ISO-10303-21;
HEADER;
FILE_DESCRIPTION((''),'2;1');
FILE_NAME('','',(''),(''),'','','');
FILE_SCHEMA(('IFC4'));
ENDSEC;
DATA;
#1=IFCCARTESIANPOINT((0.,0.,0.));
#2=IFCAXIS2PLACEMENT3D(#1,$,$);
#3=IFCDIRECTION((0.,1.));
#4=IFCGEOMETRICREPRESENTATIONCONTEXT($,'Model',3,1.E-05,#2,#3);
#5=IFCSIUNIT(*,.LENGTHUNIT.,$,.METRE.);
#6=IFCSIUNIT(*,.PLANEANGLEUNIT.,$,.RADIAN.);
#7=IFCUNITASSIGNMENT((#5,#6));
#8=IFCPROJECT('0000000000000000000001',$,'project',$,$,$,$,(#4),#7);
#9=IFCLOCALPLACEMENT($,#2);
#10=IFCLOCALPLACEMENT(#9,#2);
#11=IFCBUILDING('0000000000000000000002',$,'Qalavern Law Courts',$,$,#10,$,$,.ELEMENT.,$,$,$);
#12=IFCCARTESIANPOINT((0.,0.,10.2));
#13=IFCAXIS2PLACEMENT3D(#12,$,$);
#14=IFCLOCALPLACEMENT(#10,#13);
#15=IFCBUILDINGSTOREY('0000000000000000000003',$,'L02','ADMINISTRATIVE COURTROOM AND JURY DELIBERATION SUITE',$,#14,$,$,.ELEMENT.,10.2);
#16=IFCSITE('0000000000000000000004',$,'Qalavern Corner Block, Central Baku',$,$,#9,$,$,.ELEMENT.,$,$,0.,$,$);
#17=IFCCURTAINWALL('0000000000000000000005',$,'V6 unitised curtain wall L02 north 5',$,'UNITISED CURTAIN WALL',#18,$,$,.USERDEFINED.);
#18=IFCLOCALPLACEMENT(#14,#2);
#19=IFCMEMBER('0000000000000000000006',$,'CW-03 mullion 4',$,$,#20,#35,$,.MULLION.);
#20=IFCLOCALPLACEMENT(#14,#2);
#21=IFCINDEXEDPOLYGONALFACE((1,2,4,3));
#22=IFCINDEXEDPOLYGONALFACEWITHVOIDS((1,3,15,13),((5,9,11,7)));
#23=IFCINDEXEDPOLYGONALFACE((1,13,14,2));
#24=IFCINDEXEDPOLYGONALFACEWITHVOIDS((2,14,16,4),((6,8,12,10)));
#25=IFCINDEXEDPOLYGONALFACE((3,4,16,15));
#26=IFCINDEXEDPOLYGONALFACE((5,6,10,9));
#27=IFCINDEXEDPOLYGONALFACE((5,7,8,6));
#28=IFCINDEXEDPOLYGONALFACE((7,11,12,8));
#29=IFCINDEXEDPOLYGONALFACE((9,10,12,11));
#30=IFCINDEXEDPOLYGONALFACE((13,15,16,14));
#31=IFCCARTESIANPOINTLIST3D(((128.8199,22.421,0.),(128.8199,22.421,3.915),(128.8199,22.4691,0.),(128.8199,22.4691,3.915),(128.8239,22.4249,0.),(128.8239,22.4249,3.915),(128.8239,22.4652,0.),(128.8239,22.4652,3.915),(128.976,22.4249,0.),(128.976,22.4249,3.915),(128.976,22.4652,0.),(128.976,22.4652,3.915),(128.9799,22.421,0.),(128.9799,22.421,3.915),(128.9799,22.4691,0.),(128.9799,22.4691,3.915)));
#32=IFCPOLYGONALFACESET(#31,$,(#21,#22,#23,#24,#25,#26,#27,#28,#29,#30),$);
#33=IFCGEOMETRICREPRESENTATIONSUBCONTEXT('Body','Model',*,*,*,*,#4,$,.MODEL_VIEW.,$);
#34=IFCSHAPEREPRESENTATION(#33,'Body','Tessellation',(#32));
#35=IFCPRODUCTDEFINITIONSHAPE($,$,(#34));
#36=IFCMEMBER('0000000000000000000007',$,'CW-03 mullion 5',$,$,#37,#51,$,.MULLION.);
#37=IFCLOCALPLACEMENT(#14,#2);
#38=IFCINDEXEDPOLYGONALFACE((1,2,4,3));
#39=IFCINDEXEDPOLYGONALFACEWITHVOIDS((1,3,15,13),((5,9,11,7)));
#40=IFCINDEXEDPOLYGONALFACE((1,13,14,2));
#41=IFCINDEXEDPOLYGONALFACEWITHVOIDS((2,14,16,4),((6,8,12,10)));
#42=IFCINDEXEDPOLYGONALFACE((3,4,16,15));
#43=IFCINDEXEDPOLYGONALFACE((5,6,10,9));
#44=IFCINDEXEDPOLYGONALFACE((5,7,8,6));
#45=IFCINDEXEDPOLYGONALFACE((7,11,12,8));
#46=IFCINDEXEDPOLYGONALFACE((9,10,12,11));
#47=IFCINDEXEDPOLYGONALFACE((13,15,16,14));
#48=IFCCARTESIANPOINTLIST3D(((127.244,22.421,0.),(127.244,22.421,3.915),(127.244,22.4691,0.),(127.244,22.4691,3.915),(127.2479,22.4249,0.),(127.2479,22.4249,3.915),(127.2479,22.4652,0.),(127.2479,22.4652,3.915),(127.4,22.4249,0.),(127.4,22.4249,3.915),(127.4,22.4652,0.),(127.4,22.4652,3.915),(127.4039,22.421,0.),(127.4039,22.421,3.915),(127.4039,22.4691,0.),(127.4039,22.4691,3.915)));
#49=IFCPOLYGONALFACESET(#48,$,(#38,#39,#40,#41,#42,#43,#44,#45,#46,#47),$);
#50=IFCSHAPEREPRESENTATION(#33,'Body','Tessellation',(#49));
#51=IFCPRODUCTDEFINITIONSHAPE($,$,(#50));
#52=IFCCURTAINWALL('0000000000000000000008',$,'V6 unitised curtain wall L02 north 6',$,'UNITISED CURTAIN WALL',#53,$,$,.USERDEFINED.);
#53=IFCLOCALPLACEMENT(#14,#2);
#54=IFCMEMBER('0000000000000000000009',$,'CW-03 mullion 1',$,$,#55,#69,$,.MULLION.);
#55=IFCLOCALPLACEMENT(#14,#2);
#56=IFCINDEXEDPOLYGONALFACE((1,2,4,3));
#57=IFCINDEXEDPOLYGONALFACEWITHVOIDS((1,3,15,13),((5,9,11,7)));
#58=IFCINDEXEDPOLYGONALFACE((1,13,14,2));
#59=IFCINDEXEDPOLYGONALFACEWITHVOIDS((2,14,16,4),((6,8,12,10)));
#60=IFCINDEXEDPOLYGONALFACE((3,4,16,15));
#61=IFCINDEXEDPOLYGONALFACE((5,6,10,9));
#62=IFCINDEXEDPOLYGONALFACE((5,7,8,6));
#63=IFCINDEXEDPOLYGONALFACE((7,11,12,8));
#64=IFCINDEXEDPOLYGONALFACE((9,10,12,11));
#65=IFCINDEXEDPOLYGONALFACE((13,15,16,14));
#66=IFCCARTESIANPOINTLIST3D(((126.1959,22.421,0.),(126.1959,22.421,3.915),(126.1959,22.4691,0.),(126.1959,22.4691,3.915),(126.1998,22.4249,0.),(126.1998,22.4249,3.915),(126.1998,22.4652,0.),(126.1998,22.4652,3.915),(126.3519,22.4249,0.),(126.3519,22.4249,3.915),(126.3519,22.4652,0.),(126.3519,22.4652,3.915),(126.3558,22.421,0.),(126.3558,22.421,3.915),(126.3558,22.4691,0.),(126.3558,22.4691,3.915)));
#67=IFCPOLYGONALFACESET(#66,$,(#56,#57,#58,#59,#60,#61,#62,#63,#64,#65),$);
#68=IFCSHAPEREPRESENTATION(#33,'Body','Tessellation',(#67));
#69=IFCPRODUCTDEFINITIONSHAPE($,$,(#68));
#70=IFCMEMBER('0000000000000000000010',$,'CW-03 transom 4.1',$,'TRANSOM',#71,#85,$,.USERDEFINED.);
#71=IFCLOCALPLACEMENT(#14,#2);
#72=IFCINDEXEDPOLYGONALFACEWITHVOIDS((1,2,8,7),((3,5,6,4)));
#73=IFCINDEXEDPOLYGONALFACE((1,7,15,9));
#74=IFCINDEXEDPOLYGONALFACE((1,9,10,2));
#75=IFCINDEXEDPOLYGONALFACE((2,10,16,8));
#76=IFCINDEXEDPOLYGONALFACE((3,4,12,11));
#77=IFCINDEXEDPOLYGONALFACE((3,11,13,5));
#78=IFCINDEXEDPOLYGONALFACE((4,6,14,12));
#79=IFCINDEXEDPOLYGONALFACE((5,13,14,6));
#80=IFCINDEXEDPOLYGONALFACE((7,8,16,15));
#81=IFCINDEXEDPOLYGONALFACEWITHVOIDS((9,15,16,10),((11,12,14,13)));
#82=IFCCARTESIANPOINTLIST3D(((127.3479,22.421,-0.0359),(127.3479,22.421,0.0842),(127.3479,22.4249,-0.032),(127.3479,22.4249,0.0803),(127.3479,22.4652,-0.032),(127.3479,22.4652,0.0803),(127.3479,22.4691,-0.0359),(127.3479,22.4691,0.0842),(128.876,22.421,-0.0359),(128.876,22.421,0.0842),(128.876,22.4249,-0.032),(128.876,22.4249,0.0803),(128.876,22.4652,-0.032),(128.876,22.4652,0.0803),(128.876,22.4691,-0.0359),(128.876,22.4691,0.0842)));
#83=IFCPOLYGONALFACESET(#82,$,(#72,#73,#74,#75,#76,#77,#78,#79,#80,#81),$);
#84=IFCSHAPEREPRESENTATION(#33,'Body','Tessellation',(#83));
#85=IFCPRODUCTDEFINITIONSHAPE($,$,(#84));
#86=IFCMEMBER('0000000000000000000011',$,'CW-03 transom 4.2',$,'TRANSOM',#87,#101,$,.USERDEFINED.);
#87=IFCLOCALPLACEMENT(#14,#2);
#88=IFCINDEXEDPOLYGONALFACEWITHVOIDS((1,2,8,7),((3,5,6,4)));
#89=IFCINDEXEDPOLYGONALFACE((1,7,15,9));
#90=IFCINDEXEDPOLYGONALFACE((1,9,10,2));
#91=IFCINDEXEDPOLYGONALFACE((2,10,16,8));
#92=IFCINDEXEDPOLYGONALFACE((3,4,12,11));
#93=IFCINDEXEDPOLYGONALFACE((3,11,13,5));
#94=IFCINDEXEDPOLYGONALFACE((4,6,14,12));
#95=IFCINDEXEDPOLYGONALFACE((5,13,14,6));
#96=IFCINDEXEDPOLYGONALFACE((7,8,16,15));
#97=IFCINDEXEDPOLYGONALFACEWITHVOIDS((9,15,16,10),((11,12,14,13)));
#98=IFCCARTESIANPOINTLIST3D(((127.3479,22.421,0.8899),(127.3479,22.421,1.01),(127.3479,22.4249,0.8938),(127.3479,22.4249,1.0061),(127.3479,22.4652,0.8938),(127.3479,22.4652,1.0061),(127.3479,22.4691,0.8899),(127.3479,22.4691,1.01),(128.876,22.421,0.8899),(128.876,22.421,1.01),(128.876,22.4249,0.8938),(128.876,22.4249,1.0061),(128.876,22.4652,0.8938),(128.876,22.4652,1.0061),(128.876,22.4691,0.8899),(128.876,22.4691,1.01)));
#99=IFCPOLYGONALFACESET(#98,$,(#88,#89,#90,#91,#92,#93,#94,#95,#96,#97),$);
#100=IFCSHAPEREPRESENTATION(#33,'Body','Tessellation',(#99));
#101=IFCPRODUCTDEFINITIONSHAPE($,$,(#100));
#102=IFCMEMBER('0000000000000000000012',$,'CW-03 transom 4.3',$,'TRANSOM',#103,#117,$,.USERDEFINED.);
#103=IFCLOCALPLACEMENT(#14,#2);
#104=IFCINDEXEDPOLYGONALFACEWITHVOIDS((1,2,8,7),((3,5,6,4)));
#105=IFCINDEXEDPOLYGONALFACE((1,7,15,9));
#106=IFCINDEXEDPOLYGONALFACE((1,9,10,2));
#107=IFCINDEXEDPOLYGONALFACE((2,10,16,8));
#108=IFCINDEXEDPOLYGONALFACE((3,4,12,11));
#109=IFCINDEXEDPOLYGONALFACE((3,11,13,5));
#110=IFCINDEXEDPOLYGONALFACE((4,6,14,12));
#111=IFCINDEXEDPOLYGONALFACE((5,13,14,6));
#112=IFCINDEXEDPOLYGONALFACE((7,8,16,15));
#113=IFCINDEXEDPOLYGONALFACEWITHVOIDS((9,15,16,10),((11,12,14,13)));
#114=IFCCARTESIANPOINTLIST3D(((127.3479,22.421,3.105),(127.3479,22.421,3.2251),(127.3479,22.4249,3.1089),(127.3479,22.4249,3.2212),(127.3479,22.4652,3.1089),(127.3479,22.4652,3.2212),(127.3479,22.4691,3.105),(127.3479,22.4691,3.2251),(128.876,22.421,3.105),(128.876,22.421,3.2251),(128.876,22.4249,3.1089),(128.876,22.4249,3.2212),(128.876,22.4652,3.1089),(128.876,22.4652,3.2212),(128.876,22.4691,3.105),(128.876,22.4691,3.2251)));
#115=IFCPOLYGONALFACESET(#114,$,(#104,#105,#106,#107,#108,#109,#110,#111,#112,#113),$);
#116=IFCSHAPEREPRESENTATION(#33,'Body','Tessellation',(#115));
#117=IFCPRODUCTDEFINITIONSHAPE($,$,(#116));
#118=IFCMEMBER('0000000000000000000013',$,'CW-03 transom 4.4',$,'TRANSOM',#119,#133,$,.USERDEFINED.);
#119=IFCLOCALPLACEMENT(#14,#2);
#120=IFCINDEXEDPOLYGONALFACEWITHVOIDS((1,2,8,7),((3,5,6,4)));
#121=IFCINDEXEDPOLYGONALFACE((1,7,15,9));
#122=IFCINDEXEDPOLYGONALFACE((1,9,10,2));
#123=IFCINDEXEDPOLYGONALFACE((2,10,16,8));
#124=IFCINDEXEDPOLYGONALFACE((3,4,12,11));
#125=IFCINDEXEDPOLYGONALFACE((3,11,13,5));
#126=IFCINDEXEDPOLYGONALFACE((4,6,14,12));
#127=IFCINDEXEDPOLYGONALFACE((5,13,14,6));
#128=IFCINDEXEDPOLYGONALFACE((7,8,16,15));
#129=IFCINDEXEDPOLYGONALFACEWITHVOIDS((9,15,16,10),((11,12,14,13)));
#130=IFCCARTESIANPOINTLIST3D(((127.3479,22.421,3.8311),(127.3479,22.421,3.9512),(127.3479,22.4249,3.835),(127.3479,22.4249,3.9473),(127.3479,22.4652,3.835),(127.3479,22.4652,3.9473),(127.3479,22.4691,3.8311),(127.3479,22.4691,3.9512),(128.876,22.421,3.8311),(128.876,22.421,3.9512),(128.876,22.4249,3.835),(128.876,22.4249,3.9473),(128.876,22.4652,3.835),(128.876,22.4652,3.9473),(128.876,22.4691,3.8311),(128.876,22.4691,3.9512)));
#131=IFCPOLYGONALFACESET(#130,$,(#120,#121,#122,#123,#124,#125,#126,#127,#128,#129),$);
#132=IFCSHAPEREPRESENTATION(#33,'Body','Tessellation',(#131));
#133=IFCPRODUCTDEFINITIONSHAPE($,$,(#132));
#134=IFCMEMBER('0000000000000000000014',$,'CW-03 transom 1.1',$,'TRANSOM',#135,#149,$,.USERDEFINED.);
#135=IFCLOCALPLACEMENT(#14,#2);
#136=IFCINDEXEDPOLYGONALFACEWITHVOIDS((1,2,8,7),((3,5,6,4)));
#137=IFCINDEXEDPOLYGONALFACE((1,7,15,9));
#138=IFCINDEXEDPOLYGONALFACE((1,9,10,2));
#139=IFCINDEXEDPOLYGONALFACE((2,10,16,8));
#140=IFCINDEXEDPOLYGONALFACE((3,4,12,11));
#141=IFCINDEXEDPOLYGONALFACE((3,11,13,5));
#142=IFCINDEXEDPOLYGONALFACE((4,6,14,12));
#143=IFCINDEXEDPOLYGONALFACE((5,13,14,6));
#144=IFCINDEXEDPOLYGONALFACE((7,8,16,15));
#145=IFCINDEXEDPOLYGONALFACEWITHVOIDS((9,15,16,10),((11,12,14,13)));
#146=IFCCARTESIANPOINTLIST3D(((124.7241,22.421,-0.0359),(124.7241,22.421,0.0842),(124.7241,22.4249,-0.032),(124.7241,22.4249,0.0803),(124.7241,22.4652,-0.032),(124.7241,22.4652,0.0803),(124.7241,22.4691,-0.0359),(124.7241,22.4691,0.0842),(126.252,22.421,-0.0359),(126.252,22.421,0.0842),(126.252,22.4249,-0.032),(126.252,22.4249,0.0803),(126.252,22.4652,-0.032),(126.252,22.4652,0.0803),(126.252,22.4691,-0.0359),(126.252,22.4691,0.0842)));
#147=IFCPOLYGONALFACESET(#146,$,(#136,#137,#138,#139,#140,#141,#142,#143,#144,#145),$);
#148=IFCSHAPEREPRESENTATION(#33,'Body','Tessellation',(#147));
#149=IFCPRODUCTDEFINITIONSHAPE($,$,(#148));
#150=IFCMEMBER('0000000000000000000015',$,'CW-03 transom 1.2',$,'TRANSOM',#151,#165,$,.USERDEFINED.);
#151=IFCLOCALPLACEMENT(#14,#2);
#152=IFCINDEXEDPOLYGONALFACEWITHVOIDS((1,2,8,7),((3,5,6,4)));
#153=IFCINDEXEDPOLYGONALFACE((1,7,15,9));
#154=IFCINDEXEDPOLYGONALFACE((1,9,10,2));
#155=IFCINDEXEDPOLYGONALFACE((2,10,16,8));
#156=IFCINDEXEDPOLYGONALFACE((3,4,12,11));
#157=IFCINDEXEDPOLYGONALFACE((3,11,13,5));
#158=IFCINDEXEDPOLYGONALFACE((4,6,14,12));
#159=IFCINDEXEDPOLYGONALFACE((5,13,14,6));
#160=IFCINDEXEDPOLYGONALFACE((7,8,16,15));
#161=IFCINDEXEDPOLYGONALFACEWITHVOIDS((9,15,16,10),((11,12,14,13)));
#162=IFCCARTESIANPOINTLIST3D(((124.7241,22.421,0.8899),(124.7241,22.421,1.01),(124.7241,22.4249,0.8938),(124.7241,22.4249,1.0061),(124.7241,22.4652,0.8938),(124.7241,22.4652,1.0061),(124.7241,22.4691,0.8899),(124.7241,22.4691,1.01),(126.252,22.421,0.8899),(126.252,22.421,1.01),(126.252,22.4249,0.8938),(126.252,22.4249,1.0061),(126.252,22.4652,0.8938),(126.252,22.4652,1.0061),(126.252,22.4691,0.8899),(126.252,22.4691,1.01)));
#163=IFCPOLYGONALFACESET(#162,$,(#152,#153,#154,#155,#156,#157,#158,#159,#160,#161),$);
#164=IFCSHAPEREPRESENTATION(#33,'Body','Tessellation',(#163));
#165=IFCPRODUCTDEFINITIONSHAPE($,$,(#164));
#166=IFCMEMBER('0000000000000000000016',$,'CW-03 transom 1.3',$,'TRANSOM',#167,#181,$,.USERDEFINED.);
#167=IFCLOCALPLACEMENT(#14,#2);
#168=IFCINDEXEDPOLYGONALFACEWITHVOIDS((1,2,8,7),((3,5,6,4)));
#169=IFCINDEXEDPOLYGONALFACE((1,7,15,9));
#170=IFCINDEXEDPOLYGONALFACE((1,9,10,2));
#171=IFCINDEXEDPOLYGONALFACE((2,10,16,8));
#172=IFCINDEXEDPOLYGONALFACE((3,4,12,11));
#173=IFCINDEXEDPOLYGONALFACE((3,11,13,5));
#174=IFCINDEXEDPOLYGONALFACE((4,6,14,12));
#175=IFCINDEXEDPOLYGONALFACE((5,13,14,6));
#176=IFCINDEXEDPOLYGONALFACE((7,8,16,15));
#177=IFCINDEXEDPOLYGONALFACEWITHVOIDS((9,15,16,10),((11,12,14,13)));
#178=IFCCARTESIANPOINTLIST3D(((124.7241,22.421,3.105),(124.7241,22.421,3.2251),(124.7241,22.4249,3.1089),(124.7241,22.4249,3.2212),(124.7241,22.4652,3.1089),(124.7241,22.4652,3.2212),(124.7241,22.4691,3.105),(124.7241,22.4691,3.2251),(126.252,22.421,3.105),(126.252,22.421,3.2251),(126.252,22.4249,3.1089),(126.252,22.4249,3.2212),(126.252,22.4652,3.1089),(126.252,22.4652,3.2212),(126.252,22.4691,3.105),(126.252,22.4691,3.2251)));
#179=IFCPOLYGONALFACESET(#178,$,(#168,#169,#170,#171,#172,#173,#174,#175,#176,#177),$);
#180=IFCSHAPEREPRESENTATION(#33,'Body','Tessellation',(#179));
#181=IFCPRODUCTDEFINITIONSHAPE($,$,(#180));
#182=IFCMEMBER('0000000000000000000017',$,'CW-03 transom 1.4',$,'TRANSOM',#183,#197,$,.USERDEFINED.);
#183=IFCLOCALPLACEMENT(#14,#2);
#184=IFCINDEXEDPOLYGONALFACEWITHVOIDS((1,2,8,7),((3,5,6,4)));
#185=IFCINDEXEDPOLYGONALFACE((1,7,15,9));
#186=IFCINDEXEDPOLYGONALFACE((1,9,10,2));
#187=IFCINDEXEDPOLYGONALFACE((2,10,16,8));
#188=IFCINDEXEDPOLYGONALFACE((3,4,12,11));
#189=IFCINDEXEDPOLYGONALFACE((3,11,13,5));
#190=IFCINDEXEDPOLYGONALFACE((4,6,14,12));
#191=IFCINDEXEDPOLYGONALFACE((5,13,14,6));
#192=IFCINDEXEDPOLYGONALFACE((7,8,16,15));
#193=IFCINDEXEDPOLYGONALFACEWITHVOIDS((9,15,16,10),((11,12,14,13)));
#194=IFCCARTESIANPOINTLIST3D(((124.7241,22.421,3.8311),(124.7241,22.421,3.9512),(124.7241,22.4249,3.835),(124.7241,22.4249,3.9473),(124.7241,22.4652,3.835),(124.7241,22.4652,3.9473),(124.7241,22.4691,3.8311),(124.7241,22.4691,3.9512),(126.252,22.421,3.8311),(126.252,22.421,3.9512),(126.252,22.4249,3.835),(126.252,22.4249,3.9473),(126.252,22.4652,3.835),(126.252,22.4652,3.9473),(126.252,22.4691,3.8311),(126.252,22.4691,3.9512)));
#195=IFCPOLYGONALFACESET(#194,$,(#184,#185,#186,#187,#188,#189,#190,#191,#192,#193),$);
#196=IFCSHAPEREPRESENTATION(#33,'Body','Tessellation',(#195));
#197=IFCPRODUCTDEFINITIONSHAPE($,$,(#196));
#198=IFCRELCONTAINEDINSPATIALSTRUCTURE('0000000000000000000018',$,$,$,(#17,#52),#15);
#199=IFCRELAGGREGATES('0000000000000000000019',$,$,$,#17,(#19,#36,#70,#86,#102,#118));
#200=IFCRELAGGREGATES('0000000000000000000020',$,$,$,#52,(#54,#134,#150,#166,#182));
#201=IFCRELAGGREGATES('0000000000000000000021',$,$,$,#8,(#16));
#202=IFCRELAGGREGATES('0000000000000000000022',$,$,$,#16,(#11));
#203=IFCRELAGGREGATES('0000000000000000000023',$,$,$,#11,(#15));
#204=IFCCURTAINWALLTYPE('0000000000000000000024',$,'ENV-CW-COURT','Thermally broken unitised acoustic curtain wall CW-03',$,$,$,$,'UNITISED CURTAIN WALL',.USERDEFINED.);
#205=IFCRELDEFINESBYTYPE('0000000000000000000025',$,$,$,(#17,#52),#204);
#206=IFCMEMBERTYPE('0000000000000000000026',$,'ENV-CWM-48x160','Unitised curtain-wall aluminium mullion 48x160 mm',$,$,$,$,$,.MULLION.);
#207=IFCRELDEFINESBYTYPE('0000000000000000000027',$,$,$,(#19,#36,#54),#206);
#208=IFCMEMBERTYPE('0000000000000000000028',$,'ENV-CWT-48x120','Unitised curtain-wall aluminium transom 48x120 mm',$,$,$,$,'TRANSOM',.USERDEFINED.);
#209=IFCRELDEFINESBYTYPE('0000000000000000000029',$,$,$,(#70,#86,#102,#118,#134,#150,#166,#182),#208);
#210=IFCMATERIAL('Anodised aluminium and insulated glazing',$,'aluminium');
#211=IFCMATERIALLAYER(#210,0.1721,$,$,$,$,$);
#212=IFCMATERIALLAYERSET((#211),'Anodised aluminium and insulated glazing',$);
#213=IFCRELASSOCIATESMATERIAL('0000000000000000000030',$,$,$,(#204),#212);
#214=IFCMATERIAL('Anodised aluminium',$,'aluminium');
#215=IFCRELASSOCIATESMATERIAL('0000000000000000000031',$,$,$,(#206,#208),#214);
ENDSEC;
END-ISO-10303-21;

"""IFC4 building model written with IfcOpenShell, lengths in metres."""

from ifc_helpers import new_model, si_unit, direction, frame, origin, origin_2d, place, context, subcontext, project, spatial, hollow_rectangle, extrude, material, layer, layer_set, material_profile, profile_set, type_object, element, aggregate, save


model = new_model("IFC4")

# Units and contexts
model_context = context("Model", 3, precision=1e-05, world=origin(), true_north=direction((0.0, 1.0)))
body_context = subcontext(model_context, "Body", "Model", "MODEL_VIEW")
ifc_project = project(units=[si_unit("LENGTHUNIT", "METRE"), si_unit("PLANEANGLEUNIT", "RADIAN")], contexts=[model_context])

# Site, building, storey
site_placement = place(None, origin())
site = spatial("IfcSite", under=ifc_project, at=site_placement, Name="Qalavern Corner Block, Central Baku", CompositionType="ELEMENT", RefElevation=0.0)
building_placement = place(site_placement, origin())
building = spatial("IfcBuilding", under=site, at=building_placement, Name="Qalavern Law Courts", CompositionType="ELEMENT")
storey_placement = place(building_placement, frame((0.0, 0.0, 10.2)))
storey = spatial("IfcBuildingStorey", under=building, at=storey_placement, Name="L02", Description="ADMINISTRATIVE COURTROOM AND JURY DELIBERATION SUITE", CompositionType="ELEMENT", Elevation=10.2)

# Curtain wall, members
ifc_material_1 = material(Name="Anodised aluminium and insulated glazing", Category="aluminium")
ifc_layer_1 = layer(ifc_material_1, 0.1721)
ifc_layer_set_1 = layer_set([ifc_layer_1], Name="Anodised aluminium and insulated glazing")
curtain_wall_type = type_object("IfcCurtainWallType", Name="ENV-CW-COURT", Description="Thermally broken unitised acoustic curtain wall CW-03", ElementType="UNITISED CURTAIN WALL", PredefinedType="USERDEFINED", material=ifc_layer_set_1)
curtain_wall_1_placement = place(storey_placement, origin())
curtain_wall_1 = element("IfcCurtainWall", 1, at=curtain_wall_1_placement, inside=storey, type_object=curtain_wall_type, Name="V6 unitised curtain wall L02 north 5", ObjectType="UNITISED CURTAIN WALL", PredefinedType="USERDEFINED")
ifc_material_2 = material(Name="Anodised aluminium", Category="aluminium")
ifc_material_profile_1 = material_profile(ifc_material_2, hollow_rectangle(XDim=0.0481, YDim=0.1599, WallThickness=0.0039, at=origin_2d()), Name="ALU MULLION 48x160")
ifc_profile_set_1 = profile_set([ifc_material_profile_1], Name="Anodised aluminium")
member_type_1 = type_object("IfcMemberType", Name="ENV-CWM-48x160", Description="Unitised curtain-wall aluminium mullion 48x160 mm", PredefinedType="MULLION", material=ifc_profile_set_1)
member_1_placement = place(storey_placement, frame((128.8999, 22.4451, 0.0), z_axis=(0.0, 0.0, 1.0), x_axis=(0.0, -1.0, 0.0)))
member_1 = element("IfcMember", 2, at=member_1_placement, type_object=member_type_1, Name="CW-03 mullion 4", PredefinedType="MULLION", context=body_context, shape_type="SweptSolid", body=[
    extrude(hollow_rectangle(XDim=0.0481, YDim=0.1599, WallThickness=0.0039, at=origin_2d()), origin(), (0.0, 0.0, 1.0), 3.915),
])
member_2_placement = place(storey_placement, frame((127.324, 22.4451, 0.0), z_axis=(0.0, 0.0, 1.0), x_axis=(0.0, -1.0, 0.0)))
member_2 = element("IfcMember", 3, at=member_2_placement, type_object=member_type_1, Name="CW-03 mullion 5", PredefinedType="MULLION", context=body_context, shape_type="SweptSolid", body=[
    extrude(hollow_rectangle(XDim=0.0481, YDim=0.1599, WallThickness=0.0039, at=origin_2d()), origin(), (0.0, 0.0, 1.0), 3.915),
])

# Curtain wall, member
curtain_wall_2_placement = place(storey_placement, origin())
curtain_wall_2 = element("IfcCurtainWall", 4, at=curtain_wall_2_placement, inside=storey, type_object=curtain_wall_type, Name="V6 unitised curtain wall L02 north 6", ObjectType="UNITISED CURTAIN WALL", PredefinedType="USERDEFINED")
member_3_placement = place(storey_placement, frame((126.2759, 22.4451, 0.0), z_axis=(0.0, 0.0, 1.0), x_axis=(0.0, -1.0, 0.0)))
member_3 = element("IfcMember", 5, at=member_3_placement, type_object=member_type_1, Name="CW-03 mullion 1", PredefinedType="MULLION", context=body_context, shape_type="SweptSolid", body=[
    extrude(hollow_rectangle(XDim=0.0481, YDim=0.1599, WallThickness=0.0039, at=origin_2d()), origin(), (0.0, 0.0, 1.0), 3.915),
])

# Members
ifc_material_profile_2 = material_profile(ifc_material_2, hollow_rectangle(XDim=0.0481, YDim=0.1201, WallThickness=0.0039, at=origin_2d()), Name="ALU TRANSOM 48x120")
ifc_profile_set_2 = profile_set([ifc_material_profile_2], Name="Anodised aluminium")
member_type_2 = type_object("IfcMemberType", Name="ENV-CWT-48x120", Description="Unitised curtain-wall aluminium transom 48x120 mm", ElementType="TRANSOM", PredefinedType="USERDEFINED", material=ifc_profile_set_2)
member_4_placement = place(storey_placement, frame((128.876, 22.4451, 0.0242), z_axis=(-1.0, 0.0, 0.0), x_axis=(0.0, -1.0, 0.0)))
member_4 = element("IfcMember", 6, at=member_4_placement, type_object=member_type_2, Name="CW-03 transom 4.1", ObjectType="TRANSOM", PredefinedType="USERDEFINED", context=body_context, shape_type="SweptSolid", body=[
    extrude(hollow_rectangle(XDim=0.0481, YDim=0.1201, WallThickness=0.0039, at=origin_2d()), origin(), (0.0, 0.0, 1.0), 1.5281),
])
member_5_placement = place(storey_placement, frame((128.876, 22.4451, 0.95), z_axis=(-1.0, 0.0, 0.0), x_axis=(0.0, -1.0, 0.0)))
member_5 = element("IfcMember", 7, at=member_5_placement, type_object=member_type_2, Name="CW-03 transom 4.2", ObjectType="TRANSOM", PredefinedType="USERDEFINED", context=body_context, shape_type="SweptSolid", body=[
    extrude(hollow_rectangle(XDim=0.0481, YDim=0.1201, WallThickness=0.0039, at=origin_2d()), origin(), (0.0, 0.0, 1.0), 1.5281),
])
member_6_placement = place(storey_placement, frame((128.876, 22.4451, 3.165), z_axis=(-1.0, 0.0, 0.0), x_axis=(0.0, -1.0, 0.0)))
member_6 = element("IfcMember", 8, at=member_6_placement, type_object=member_type_2, Name="CW-03 transom 4.3", ObjectType="TRANSOM", PredefinedType="USERDEFINED", context=body_context, shape_type="SweptSolid", body=[
    extrude(hollow_rectangle(XDim=0.0481, YDim=0.1201, WallThickness=0.0039, at=origin_2d()), origin(), (0.0, 0.0, 1.0), 1.5281),
])
member_7_placement = place(storey_placement, frame((128.876, 22.4451, 3.8911), z_axis=(-1.0, 0.0, 0.0), x_axis=(0.0, -1.0, 0.0)))
member_7 = element("IfcMember", 9, at=member_7_placement, type_object=member_type_2, Name="CW-03 transom 4.4", ObjectType="TRANSOM", PredefinedType="USERDEFINED", context=body_context, shape_type="SweptSolid", body=[
    extrude(hollow_rectangle(XDim=0.0481, YDim=0.1201, WallThickness=0.0039, at=origin_2d()), origin(), (0.0, 0.0, 1.0), 1.5281),
])
member_8_placement = place(storey_placement, frame((126.252, 22.4451, 0.0242), z_axis=(-1.0, 0.0, 0.0), x_axis=(0.0, -1.0, 0.0)))
member_8 = element("IfcMember", 10, at=member_8_placement, type_object=member_type_2, Name="CW-03 transom 1.1", ObjectType="TRANSOM", PredefinedType="USERDEFINED", context=body_context, shape_type="SweptSolid", body=[
    extrude(hollow_rectangle(XDim=0.0481, YDim=0.1201, WallThickness=0.0039, at=origin_2d()), origin(), (0.0, 0.0, 1.0), 1.5278),
])
member_9_placement = place(storey_placement, frame((126.252, 22.4451, 0.95), z_axis=(-1.0, 0.0, 0.0), x_axis=(0.0, -1.0, 0.0)))
member_9 = element("IfcMember", 11, at=member_9_placement, type_object=member_type_2, Name="CW-03 transom 1.2", ObjectType="TRANSOM", PredefinedType="USERDEFINED", context=body_context, shape_type="SweptSolid", body=[
    extrude(hollow_rectangle(XDim=0.0481, YDim=0.1201, WallThickness=0.0039, at=origin_2d()), origin(), (0.0, 0.0, 1.0), 1.5278),
])
member_10_placement = place(storey_placement, frame((126.252, 22.4451, 3.165), z_axis=(-1.0, 0.0, 0.0), x_axis=(0.0, -1.0, 0.0)))
member_10 = element("IfcMember", 12, at=member_10_placement, type_object=member_type_2, Name="CW-03 transom 1.3", ObjectType="TRANSOM", PredefinedType="USERDEFINED", context=body_context, shape_type="SweptSolid", body=[
    extrude(hollow_rectangle(XDim=0.0481, YDim=0.1201, WallThickness=0.0039, at=origin_2d()), origin(), (0.0, 0.0, 1.0), 1.5278),
])
member_11_placement = place(storey_placement, frame((126.252, 22.4451, 3.8911), z_axis=(-1.0, 0.0, 0.0), x_axis=(0.0, -1.0, 0.0)))
member_11 = element("IfcMember", 13, at=member_11_placement, type_object=member_type_2, Name="CW-03 transom 1.4", ObjectType="TRANSOM", PredefinedType="USERDEFINED", context=body_context, shape_type="SweptSolid", body=[
    extrude(hollow_rectangle(XDim=0.0481, YDim=0.1201, WallThickness=0.0039, at=origin_2d()), origin(), (0.0, 0.0, 1.0), 1.5278),
])

aggregate(curtain_wall_1, [member_1, member_2, member_4, member_5, member_6, member_7])
aggregate(curtain_wall_2, [member_3, member_8, member_9, member_10, member_11])

save(model, "model.ifc")
